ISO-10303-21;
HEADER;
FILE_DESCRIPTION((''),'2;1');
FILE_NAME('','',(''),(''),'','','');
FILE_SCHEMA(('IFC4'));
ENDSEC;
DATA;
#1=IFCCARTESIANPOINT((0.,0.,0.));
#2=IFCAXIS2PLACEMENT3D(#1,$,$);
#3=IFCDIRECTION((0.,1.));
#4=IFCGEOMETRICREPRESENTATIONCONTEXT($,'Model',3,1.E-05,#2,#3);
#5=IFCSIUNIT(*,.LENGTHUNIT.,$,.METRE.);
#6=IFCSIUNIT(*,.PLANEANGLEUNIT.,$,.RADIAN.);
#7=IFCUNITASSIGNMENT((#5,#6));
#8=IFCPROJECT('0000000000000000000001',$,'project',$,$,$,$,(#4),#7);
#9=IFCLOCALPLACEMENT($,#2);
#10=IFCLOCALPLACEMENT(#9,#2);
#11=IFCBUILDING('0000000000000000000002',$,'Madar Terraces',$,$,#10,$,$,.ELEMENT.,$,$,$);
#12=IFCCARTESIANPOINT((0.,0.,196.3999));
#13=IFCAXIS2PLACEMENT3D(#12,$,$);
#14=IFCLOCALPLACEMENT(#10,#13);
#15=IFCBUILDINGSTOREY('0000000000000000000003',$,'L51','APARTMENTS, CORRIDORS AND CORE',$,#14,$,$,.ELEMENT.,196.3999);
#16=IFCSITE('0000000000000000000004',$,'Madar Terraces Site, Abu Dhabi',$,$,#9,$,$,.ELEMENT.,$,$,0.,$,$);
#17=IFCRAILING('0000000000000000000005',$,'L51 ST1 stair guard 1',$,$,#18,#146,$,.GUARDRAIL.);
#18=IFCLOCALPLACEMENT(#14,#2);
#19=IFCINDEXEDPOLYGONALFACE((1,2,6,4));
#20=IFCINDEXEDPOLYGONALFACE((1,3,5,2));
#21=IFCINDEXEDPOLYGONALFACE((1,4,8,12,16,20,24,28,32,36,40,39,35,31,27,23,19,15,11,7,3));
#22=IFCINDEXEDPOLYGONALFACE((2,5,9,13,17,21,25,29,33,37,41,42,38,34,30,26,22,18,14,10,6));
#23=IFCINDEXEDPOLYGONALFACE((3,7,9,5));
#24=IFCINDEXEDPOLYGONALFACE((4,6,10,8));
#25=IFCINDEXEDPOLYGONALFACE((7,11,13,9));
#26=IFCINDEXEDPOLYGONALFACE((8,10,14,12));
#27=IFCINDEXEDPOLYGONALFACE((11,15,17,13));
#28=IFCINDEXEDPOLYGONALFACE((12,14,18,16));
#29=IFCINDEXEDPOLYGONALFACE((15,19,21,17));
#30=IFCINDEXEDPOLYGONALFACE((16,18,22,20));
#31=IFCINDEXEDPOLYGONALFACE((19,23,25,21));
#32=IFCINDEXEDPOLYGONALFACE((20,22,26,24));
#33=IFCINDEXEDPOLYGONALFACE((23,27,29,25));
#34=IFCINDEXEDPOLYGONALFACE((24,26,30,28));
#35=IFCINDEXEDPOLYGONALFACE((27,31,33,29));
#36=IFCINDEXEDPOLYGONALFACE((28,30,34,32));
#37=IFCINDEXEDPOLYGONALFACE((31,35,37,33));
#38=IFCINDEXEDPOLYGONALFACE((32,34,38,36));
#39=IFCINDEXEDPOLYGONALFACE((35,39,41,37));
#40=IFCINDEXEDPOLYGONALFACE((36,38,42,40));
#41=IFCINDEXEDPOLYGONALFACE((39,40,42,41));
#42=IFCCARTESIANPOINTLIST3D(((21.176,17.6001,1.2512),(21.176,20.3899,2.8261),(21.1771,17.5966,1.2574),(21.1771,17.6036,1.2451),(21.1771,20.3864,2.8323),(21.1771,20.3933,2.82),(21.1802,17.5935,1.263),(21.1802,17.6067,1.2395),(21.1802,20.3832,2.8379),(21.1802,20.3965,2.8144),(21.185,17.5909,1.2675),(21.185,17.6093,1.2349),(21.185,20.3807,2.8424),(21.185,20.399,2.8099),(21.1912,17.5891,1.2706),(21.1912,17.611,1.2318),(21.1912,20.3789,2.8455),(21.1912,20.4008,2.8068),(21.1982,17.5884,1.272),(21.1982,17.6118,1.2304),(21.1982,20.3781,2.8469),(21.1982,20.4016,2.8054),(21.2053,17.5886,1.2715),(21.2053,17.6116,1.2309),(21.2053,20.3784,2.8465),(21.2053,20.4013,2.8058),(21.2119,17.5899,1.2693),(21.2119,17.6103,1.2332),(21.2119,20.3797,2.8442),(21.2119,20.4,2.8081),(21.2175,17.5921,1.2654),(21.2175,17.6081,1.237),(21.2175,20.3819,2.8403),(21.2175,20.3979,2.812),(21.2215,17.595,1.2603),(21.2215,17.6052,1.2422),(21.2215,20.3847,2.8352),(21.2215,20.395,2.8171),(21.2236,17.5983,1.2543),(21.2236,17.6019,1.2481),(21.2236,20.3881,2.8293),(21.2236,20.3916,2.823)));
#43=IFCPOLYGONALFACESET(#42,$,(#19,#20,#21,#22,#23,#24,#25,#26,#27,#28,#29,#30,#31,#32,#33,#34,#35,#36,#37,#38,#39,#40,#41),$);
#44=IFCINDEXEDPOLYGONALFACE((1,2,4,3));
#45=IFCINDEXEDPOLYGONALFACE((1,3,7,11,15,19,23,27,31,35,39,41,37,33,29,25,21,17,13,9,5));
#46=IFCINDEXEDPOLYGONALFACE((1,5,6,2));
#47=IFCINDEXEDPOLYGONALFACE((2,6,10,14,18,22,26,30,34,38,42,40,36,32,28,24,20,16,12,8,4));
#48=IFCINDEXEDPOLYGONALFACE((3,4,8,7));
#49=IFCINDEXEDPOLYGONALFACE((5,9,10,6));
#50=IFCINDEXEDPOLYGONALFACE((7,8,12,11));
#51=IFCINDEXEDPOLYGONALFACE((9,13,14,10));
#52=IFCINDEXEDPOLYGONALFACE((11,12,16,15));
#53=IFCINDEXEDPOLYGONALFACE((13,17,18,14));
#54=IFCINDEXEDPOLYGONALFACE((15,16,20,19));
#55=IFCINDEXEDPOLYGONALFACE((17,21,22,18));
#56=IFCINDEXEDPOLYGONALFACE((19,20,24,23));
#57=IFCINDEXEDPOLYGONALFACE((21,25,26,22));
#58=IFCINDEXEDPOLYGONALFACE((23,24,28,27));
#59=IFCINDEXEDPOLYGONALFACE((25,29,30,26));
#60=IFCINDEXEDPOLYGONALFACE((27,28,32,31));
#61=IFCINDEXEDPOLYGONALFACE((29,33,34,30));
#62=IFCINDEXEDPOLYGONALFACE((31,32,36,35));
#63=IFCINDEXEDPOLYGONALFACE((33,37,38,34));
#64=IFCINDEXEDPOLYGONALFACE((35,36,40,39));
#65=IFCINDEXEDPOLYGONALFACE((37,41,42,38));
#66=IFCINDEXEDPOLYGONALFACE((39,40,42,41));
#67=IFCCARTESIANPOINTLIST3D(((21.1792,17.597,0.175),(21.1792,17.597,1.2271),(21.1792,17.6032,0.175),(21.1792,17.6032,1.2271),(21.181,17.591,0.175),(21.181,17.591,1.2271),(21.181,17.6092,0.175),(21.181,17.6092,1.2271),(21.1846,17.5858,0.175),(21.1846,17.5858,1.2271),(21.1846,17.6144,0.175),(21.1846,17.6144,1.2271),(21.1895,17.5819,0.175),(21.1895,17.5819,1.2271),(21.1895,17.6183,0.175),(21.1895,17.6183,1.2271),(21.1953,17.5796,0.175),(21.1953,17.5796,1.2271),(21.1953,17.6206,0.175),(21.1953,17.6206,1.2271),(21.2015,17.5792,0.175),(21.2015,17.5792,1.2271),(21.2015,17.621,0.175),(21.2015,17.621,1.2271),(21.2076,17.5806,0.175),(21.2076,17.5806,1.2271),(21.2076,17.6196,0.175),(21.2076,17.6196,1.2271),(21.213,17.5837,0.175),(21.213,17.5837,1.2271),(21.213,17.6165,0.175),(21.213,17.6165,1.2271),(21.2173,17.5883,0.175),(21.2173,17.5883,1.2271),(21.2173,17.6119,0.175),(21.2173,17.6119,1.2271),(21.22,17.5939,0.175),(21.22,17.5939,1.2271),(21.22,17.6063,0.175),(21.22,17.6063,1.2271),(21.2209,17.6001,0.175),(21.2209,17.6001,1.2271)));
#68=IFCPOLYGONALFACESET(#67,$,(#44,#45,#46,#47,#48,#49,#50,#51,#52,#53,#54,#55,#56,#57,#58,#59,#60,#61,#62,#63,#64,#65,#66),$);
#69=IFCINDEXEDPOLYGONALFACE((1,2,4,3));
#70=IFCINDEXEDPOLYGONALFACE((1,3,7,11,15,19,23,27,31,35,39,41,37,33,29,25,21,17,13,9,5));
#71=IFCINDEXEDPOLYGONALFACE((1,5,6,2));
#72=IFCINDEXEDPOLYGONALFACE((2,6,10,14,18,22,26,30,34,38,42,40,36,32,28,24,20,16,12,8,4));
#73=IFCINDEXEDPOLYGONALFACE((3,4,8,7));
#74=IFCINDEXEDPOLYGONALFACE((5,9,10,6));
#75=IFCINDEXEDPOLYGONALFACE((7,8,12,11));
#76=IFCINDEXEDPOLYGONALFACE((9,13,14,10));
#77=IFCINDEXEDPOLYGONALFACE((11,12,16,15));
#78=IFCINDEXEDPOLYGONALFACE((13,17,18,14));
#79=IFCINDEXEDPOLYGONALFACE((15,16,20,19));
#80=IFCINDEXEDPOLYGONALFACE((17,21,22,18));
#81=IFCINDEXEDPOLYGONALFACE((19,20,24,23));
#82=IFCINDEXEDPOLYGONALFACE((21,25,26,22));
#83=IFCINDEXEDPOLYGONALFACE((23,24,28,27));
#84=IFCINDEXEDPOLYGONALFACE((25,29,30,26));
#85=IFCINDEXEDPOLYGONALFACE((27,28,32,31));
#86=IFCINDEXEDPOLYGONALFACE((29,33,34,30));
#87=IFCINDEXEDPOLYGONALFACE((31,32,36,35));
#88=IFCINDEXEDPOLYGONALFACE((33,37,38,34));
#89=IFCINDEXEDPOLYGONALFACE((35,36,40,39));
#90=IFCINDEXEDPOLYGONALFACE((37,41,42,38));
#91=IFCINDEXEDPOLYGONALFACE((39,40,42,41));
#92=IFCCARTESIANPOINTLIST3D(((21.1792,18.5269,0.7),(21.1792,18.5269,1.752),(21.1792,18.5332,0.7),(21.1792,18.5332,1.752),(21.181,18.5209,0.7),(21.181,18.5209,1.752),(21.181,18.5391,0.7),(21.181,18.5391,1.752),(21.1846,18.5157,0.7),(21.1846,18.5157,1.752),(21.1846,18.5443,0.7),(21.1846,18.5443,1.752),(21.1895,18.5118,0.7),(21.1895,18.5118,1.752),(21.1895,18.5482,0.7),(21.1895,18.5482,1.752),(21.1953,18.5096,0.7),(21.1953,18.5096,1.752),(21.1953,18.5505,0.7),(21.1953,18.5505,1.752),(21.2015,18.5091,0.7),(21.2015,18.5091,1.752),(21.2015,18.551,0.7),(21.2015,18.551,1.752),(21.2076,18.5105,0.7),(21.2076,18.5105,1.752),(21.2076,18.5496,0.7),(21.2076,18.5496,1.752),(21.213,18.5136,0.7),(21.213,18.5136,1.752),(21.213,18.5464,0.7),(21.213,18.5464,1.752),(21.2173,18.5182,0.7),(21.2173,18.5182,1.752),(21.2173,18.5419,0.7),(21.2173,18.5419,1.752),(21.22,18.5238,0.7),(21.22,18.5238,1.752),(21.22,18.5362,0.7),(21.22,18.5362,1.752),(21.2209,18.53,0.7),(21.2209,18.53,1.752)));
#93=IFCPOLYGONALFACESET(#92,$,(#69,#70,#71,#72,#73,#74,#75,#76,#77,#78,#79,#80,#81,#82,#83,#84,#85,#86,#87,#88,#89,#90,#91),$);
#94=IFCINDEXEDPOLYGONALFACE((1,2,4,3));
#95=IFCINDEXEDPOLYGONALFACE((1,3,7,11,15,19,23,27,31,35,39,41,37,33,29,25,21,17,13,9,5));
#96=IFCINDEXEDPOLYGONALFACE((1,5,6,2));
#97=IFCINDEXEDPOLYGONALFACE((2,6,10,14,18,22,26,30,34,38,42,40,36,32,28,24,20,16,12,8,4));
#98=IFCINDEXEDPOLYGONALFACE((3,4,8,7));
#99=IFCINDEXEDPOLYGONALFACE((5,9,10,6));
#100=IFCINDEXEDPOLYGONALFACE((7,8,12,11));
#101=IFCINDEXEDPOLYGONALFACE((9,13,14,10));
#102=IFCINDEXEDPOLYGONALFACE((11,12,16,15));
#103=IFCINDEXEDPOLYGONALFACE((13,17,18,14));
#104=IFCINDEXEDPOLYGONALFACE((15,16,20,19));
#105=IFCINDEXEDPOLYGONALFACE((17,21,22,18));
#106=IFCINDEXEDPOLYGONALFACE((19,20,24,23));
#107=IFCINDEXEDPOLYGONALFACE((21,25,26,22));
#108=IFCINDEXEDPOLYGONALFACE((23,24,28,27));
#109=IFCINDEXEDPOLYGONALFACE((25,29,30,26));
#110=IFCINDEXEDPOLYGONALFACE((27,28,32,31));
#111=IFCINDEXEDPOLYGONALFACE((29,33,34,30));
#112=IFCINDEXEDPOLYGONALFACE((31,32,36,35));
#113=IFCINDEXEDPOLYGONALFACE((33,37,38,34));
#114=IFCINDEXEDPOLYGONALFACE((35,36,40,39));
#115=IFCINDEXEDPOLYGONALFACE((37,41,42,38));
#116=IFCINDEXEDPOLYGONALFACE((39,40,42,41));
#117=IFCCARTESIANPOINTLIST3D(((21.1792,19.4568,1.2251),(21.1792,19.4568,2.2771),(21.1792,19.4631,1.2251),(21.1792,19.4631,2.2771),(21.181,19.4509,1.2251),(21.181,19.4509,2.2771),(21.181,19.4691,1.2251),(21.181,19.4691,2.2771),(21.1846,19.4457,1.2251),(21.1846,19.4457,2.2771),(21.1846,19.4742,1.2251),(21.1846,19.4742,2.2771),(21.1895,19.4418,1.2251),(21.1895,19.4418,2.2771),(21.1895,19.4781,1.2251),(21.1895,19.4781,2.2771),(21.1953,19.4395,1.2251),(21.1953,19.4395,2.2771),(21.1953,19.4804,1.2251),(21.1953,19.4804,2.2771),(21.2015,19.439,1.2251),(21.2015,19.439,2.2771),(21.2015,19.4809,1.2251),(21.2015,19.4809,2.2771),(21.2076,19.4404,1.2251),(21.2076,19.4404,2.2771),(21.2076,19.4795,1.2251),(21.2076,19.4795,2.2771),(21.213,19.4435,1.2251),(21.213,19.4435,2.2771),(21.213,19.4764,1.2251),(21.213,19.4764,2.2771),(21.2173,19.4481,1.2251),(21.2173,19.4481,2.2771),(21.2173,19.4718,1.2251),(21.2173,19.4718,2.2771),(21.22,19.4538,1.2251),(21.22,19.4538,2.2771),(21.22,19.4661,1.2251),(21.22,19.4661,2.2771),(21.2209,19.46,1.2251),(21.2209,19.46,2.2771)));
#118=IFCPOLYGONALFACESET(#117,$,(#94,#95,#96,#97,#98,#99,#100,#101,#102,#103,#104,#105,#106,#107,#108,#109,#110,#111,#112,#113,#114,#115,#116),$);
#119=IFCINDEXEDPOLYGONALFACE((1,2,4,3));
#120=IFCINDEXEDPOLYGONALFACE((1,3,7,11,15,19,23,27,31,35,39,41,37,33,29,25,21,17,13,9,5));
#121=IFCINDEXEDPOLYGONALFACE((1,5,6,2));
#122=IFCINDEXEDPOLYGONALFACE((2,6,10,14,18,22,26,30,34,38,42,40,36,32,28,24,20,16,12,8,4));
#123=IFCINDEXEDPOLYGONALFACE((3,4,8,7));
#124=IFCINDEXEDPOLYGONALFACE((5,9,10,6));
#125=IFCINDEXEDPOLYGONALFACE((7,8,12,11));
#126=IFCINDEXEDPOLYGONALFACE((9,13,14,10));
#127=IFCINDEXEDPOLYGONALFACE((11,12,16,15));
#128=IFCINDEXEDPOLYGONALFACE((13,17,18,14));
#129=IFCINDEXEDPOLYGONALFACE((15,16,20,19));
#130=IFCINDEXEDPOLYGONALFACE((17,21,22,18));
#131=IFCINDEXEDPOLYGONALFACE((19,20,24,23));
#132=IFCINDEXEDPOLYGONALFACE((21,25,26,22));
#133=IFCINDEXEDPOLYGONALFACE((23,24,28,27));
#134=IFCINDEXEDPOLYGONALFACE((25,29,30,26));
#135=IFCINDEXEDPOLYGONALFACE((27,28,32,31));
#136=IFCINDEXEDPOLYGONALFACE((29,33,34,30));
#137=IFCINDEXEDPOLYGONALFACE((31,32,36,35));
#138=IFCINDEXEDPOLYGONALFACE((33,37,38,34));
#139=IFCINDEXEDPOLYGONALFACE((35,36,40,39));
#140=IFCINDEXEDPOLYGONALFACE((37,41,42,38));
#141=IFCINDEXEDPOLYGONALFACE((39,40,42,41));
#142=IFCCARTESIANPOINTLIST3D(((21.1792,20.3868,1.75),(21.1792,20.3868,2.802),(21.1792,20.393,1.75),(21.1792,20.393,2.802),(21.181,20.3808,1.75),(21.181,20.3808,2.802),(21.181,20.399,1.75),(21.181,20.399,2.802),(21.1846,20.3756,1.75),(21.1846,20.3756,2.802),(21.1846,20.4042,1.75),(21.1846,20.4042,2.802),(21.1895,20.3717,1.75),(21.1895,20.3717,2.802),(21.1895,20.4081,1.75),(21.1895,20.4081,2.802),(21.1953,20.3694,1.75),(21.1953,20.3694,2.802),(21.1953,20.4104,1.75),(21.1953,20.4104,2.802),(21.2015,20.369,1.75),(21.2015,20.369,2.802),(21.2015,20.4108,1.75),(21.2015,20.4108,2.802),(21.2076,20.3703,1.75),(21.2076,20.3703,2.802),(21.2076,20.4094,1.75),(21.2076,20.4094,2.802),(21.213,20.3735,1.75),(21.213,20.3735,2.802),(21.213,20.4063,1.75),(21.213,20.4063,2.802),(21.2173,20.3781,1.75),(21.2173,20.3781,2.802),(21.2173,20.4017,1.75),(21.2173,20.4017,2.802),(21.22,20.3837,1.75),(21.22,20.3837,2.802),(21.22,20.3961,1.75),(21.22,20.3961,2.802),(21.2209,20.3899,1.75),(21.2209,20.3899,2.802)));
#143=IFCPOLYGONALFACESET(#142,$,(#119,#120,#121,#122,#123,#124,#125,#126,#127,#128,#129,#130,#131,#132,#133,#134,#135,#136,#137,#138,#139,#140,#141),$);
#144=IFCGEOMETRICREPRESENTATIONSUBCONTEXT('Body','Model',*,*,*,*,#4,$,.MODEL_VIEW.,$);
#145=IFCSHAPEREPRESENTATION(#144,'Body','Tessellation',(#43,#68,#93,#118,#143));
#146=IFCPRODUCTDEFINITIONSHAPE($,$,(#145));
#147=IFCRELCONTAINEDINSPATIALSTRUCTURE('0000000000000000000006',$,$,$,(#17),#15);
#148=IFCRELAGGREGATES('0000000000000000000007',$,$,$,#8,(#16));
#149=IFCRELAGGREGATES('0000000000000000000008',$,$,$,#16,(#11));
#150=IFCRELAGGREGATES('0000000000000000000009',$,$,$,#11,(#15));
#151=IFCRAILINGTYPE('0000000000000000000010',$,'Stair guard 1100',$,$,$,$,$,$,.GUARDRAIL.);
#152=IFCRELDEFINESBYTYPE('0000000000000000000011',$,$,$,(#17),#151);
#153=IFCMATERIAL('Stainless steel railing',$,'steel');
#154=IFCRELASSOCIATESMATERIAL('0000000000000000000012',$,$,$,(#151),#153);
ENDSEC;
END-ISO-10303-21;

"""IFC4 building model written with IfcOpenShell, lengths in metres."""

from ifc_helpers import new_model, si_unit, direction, frame, origin, origin_2d, place, context, subcontext, project, spatial, circle, extrude, material, type_object, element, save


model = new_model("IFC4")

# Units and contexts
model_context = context("Model", 3, precision=1e-05, world=origin(), true_north=direction((0.0, 1.0)))
body_context = subcontext(model_context, "Body", "Model", "MODEL_VIEW")
ifc_project = project(units=[si_unit("LENGTHUNIT", "METRE"), si_unit("PLANEANGLEUNIT", "RADIAN")], contexts=[model_context])

# Site, building, storey
site_placement = place(None, origin())
site = spatial("IfcSite", under=ifc_project, at=site_placement, Name="Madar Terraces Site, Abu Dhabi", CompositionType="ELEMENT", RefElevation=0.0)
building_placement = place(site_placement, origin())
building = spatial("IfcBuilding", under=site, at=building_placement, Name="Madar Terraces", CompositionType="ELEMENT")
storey_placement = place(building_placement, frame((0.0, 0.0, 196.3999)))
storey = spatial("IfcBuildingStorey", under=building, at=storey_placement, Name="L51", Description="APARTMENTS, CORRIDORS AND CORE", CompositionType="ELEMENT", Elevation=196.3999)

# Railing
ifc_material_1 = material(Name="Stainless steel railing", Category="steel")
railing_type_1 = type_object("IfcRailingType", Name="Stair guard 1100", PredefinedType="GUARDRAIL", material=ifc_material_1)
railing_1_placement = place(storey_placement, frame((21.2, 17.6001, 0.175)))
element("IfcRailing", 1, at=railing_1_placement, inside=storey, type_object=railing_type_1, Name="L51 ST1 stair guard 1", PredefinedType="GUARDRAIL", context=body_context, shape_type="SweptSolid", body=[
    extrude(circle(Radius=0.0239, at=origin_2d()), frame((0.0, 0.0, 1.0762), z_axis=(0.0, 0.870815, 0.49161), x_axis=(-1.0, 0.0, 0.0)), (0.0, 0.0, 1.0), 3.2036),
    extrude(circle(Radius=0.021, at=origin_2d()), origin(), (0.0, 0.0, 1.0), 1.052),
    extrude(circle(Radius=0.021, at=origin_2d()), frame((0.0, 0.9299, 0.5249)), (0.0, 0.0, 1.0), 1.052),
    extrude(circle(Radius=0.021, at=origin_2d()), frame((0.0, 1.8599, 1.05)), (0.0, 0.0, 1.0), 1.052),
    extrude(circle(Radius=0.021, at=origin_2d()), frame((0.0, 2.7898, 1.575)), (0.0, 0.0, 1.0), 1.052),
])

save(model, "model.ifc")
